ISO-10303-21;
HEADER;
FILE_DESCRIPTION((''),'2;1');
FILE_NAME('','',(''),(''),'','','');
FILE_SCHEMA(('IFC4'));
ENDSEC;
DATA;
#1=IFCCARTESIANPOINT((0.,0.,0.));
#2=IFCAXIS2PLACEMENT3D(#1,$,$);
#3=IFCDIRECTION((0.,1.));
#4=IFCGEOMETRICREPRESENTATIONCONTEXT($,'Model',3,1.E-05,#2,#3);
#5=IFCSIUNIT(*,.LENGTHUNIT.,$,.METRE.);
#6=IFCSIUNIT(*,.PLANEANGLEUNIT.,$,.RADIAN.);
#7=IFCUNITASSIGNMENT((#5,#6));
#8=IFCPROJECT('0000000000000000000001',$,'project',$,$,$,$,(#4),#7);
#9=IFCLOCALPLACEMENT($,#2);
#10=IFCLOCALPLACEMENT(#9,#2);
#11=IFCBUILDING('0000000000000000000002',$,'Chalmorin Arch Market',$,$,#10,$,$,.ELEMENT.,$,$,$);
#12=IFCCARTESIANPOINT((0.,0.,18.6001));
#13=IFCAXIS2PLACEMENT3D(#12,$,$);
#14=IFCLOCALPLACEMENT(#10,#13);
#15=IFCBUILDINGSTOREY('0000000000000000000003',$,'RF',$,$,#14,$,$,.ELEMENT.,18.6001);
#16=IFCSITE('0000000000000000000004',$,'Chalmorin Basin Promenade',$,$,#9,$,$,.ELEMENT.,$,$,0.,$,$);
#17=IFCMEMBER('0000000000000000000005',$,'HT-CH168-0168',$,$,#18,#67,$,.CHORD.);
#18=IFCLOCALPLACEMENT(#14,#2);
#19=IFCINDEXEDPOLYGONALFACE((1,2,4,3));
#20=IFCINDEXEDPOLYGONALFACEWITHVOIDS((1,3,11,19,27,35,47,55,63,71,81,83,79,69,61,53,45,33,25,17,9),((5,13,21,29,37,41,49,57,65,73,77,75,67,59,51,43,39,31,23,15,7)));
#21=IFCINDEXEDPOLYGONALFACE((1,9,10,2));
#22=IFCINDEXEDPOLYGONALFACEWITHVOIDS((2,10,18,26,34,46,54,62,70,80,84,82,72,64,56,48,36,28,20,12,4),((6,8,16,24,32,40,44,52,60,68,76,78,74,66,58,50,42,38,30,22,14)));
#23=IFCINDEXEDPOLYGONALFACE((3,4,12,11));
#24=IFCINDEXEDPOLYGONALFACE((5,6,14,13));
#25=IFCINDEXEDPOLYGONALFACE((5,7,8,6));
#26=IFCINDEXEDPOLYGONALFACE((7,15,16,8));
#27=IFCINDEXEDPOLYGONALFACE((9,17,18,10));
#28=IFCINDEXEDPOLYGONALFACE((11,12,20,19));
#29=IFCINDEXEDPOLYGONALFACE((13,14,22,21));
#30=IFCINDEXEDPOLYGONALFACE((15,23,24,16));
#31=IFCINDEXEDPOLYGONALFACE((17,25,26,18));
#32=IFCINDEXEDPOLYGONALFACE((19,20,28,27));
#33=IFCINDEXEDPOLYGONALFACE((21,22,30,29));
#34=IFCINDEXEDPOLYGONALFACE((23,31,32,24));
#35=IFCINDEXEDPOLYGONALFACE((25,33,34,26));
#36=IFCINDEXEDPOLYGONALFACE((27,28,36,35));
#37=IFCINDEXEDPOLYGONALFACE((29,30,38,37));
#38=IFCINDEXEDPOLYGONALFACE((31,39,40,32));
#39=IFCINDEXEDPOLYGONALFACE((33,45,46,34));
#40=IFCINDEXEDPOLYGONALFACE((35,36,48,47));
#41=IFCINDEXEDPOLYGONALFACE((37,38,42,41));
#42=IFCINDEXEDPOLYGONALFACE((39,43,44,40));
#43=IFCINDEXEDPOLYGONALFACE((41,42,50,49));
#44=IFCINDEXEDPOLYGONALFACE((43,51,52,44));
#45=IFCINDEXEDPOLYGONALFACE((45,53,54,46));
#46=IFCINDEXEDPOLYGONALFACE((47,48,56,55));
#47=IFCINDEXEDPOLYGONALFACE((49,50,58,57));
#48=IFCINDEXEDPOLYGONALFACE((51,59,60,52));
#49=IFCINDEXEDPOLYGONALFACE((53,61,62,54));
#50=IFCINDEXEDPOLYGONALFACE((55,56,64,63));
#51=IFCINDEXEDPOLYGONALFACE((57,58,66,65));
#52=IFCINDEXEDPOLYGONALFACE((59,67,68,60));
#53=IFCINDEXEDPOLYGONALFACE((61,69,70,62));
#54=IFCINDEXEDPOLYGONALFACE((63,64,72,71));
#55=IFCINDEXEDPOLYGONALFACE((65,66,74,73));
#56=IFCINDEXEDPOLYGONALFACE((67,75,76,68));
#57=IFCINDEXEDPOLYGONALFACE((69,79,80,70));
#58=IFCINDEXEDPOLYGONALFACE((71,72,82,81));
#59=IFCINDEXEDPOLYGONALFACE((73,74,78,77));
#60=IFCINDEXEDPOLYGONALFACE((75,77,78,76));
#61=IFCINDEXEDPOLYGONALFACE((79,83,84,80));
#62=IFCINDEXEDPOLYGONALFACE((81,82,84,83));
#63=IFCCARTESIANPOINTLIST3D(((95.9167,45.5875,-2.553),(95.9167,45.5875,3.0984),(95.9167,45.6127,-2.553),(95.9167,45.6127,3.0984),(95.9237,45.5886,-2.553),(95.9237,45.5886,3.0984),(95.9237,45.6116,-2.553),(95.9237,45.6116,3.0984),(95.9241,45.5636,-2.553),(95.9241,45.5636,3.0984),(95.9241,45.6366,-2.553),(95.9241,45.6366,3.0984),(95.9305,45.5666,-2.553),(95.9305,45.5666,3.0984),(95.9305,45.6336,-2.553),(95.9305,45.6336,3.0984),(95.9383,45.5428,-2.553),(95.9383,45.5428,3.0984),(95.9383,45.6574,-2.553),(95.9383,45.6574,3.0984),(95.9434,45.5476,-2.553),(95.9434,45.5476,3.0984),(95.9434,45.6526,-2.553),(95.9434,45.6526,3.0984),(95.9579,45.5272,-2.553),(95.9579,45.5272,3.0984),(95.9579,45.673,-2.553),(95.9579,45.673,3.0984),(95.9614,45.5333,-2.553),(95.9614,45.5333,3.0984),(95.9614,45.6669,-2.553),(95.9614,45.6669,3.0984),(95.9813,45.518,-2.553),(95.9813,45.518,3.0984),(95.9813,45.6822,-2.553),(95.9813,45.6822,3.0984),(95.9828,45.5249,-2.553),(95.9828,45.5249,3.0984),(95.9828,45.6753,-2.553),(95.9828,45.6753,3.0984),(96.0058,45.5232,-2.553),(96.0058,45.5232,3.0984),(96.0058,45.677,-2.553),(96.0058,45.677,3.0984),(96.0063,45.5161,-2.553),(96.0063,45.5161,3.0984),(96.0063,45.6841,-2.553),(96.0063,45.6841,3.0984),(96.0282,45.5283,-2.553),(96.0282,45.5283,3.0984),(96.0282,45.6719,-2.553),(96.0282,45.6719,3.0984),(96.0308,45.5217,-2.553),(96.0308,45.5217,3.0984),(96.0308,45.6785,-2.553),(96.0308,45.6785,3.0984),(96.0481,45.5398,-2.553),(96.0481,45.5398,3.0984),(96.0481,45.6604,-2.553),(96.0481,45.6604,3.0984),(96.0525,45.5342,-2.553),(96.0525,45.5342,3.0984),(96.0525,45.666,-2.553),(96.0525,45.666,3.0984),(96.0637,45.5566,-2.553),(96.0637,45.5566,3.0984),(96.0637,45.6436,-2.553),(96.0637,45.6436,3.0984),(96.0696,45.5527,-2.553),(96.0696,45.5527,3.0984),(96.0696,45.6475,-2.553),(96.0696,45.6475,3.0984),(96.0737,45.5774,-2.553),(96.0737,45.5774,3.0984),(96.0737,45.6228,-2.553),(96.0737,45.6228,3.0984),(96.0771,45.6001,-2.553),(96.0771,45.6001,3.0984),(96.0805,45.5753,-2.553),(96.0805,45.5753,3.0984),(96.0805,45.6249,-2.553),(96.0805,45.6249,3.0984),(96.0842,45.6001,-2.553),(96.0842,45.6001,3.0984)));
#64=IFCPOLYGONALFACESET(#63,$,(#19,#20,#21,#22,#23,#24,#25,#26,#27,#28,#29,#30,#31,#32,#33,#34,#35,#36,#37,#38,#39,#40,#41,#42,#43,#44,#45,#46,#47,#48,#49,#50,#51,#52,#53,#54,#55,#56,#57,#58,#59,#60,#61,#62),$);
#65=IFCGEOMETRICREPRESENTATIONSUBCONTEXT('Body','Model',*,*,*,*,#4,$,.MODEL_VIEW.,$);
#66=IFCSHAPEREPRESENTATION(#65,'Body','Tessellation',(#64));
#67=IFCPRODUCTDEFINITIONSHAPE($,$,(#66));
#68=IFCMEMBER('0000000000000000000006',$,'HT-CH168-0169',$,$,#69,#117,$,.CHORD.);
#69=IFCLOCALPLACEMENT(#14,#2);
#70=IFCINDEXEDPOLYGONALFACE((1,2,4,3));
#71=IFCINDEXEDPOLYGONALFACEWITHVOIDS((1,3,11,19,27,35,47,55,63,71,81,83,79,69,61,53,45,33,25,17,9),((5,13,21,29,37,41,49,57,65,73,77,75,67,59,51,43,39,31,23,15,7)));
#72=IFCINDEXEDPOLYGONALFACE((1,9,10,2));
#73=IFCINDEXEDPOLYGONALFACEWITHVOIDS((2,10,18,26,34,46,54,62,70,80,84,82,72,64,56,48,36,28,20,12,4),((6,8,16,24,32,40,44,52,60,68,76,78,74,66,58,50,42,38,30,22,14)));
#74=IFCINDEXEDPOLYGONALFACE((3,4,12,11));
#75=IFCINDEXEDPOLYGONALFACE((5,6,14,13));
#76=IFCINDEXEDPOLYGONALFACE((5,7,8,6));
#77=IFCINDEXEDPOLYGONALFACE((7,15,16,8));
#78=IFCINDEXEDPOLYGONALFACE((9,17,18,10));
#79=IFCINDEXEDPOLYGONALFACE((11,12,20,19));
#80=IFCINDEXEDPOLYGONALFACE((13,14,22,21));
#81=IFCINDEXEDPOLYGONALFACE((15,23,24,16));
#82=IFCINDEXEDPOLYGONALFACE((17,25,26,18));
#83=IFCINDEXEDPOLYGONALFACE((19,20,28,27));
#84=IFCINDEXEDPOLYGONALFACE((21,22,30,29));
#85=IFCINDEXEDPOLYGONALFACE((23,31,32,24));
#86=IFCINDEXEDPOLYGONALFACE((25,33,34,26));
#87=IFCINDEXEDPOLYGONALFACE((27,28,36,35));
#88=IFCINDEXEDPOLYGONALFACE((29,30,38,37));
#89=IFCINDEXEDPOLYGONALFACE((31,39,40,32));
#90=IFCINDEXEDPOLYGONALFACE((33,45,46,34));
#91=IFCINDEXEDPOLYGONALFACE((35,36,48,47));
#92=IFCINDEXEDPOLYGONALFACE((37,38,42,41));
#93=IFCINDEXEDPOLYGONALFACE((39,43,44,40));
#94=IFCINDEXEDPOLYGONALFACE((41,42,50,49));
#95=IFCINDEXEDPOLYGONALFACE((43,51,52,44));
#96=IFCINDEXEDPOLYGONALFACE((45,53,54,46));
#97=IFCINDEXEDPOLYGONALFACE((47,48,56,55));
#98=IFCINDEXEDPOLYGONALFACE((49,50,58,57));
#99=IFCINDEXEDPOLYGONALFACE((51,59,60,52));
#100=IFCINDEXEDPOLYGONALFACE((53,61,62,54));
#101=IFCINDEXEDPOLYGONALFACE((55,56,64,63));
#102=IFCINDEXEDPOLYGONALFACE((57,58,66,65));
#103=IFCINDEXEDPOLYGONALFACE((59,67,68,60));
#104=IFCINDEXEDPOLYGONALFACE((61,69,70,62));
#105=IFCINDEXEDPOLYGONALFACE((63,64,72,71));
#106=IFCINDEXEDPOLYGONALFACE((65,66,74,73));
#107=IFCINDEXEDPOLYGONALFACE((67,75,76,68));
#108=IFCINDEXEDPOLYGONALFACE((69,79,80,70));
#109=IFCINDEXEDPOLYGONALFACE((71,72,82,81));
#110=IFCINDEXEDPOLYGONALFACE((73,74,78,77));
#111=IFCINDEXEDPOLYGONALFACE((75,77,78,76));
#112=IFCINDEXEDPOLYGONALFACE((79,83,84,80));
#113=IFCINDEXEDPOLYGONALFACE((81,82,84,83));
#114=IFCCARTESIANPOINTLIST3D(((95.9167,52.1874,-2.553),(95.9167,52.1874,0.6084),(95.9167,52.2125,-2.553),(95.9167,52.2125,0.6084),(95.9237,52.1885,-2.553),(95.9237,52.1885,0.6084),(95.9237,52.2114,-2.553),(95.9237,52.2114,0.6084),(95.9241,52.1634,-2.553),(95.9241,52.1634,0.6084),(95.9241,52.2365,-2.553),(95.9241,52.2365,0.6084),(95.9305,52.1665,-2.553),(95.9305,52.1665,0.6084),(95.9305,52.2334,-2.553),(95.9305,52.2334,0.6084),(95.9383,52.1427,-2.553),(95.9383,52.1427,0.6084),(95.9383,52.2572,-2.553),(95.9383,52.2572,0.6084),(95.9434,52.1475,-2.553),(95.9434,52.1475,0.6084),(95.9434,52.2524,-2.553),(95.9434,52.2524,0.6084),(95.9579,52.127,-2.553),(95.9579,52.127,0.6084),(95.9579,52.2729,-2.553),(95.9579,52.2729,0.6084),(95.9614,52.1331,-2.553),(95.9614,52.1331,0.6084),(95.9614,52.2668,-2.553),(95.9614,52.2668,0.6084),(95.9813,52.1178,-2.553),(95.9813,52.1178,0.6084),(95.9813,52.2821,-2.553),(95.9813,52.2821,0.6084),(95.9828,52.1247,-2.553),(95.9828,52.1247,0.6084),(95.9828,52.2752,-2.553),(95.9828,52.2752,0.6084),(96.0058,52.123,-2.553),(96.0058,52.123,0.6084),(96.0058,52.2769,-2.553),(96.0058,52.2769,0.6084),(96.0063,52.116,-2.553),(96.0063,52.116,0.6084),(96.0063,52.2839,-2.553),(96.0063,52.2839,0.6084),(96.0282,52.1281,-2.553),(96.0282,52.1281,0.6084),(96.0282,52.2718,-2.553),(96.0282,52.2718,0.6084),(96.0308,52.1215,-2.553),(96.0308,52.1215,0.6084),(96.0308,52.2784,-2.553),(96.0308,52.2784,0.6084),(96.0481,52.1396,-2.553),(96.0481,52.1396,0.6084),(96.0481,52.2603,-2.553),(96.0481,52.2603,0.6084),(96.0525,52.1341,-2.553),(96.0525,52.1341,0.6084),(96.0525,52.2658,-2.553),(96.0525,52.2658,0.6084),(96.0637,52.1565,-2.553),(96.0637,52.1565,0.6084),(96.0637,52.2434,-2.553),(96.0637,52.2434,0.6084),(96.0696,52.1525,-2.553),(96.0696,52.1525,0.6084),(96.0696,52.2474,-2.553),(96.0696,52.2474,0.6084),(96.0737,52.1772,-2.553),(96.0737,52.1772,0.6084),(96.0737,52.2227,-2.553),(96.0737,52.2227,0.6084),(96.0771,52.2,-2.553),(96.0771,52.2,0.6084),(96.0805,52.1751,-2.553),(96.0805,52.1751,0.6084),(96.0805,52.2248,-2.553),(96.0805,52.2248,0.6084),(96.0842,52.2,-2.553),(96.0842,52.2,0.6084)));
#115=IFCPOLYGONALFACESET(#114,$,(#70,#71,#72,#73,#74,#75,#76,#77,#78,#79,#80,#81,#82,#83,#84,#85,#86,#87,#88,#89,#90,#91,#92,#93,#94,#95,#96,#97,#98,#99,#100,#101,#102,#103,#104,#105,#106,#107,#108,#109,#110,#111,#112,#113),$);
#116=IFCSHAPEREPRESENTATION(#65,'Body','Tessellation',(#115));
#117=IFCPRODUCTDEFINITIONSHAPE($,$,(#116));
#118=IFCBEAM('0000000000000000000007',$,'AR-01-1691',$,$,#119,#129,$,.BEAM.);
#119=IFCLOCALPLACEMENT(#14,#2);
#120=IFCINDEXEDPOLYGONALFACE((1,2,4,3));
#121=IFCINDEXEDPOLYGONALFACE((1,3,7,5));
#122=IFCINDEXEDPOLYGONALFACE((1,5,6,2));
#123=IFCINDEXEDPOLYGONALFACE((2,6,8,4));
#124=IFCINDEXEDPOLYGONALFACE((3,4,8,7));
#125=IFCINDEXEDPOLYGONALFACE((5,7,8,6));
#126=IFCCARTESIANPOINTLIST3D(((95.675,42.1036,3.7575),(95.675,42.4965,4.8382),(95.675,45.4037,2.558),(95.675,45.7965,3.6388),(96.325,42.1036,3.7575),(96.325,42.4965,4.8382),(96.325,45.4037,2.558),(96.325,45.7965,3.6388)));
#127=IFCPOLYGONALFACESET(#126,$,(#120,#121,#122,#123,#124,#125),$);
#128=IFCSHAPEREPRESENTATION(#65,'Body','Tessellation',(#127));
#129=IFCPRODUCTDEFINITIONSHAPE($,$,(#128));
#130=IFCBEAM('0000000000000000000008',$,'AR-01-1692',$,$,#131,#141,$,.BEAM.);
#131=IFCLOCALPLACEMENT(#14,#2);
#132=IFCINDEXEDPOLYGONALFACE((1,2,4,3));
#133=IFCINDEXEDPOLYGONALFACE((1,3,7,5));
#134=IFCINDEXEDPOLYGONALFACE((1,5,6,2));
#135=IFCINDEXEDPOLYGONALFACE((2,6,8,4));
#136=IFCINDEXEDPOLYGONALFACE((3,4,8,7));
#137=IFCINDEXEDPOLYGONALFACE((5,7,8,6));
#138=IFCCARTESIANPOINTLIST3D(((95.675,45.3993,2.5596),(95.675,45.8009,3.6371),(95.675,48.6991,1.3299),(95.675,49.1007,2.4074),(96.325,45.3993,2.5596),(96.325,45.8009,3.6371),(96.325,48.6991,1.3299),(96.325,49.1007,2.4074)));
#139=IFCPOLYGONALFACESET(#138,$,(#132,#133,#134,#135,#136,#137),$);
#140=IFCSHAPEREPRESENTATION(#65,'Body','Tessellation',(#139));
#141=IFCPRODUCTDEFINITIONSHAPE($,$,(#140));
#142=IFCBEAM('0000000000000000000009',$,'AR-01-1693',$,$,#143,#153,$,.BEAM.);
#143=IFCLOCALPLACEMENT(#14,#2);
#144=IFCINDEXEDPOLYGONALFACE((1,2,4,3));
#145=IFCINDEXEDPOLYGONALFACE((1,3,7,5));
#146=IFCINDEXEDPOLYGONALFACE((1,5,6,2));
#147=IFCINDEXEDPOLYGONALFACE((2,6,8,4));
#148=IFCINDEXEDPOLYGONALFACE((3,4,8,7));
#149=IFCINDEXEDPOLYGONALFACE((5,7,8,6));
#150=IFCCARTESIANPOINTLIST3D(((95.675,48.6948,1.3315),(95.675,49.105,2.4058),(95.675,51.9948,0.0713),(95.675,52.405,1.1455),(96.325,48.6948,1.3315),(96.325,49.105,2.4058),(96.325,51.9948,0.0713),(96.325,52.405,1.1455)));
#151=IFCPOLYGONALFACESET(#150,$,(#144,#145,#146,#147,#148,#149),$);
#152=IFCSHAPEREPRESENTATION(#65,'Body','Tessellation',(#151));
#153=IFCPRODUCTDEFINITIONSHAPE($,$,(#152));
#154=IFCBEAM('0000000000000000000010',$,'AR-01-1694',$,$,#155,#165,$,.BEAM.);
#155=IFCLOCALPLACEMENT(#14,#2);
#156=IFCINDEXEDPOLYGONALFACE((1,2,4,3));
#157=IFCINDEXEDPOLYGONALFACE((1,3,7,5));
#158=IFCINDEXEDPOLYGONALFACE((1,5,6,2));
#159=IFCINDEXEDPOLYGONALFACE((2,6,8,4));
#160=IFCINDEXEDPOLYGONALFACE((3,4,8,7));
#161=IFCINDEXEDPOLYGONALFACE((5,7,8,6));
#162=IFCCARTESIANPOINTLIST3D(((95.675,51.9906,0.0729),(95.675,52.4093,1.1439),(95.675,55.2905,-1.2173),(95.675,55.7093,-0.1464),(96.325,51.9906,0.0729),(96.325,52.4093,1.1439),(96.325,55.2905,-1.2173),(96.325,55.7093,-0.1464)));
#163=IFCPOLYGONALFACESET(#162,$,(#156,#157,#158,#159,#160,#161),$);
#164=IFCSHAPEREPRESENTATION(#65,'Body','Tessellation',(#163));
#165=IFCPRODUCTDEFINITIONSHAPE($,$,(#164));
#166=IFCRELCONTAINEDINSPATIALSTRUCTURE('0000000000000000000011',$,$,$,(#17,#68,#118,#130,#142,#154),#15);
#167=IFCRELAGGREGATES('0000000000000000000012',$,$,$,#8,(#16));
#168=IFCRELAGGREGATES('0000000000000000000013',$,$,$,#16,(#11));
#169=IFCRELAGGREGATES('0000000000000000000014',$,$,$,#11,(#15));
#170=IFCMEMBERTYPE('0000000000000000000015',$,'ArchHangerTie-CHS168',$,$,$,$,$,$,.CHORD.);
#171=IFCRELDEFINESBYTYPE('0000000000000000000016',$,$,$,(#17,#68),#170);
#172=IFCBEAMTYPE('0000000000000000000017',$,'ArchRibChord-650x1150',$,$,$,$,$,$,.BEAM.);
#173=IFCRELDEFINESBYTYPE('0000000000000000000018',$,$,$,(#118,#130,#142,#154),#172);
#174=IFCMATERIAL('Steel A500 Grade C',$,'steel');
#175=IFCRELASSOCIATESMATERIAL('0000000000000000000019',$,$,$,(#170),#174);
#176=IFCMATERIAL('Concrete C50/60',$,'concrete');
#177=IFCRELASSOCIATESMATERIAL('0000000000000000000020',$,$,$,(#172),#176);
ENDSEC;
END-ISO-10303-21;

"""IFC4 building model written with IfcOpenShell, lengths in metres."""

from ifc_helpers import new_model, si_unit, direction, frame, origin, origin_2d, place, context, subcontext, project, spatial, rectangle, hollow_circle, extrude, material, material_profile, profile_set, type_object, element, save


model = new_model("IFC4")

# Units and contexts
model_context = context("Model", 3, precision=1e-05, world=origin(), true_north=direction((0.0, 1.0)))
body_context = subcontext(model_context, "Body", "Model", "MODEL_VIEW")
ifc_project = project(units=[si_unit("LENGTHUNIT", "METRE"), si_unit("PLANEANGLEUNIT", "RADIAN")], contexts=[model_context])

# Site, building, storey
site_placement = place(None, origin())
site = spatial("IfcSite", under=ifc_project, at=site_placement, Name="Chalmorin Basin Promenade", CompositionType="ELEMENT", RefElevation=0.0)
building_placement = place(site_placement, origin())
building = spatial("IfcBuilding", under=site, at=building_placement, Name="Chalmorin Arch Market", CompositionType="ELEMENT")
storey_placement = place(building_placement, frame((0.0, 0.0, 18.6001)))
storey = spatial("IfcBuildingStorey", under=building, at=storey_placement, Name="RF", CompositionType="ELEMENT", Elevation=18.6001)

# Members
ifc_material_1 = material(Name="Steel A500 Grade C", Category="steel")
ifc_material_profile_1 = material_profile(ifc_material_1, hollow_circle(Radius=0.0842, WallThickness=0.0071, at=origin_2d()), Name="CHS168X7")
ifc_profile_set_1 = profile_set([ifc_material_profile_1], Name="Steel A500 Grade C")
member_type_1 = type_object("IfcMemberType", Name="ArchHangerTie-CHS168", PredefinedType="CHORD", material=ifc_profile_set_1)
member_1_placement = place(storey_placement, frame((96.0, 45.6001, -2.553), z_axis=(0.0, 0.0, 1.0), x_axis=(1.0, 0.0, 0.0)))
element("IfcMember", 1, at=member_1_placement, inside=storey, type_object=member_type_1, Name="HT-CH168-0168", PredefinedType="CHORD", context=body_context, shape_type="SweptSolid", body=[
    extrude(hollow_circle(Radius=0.0842, WallThickness=0.0071, at=origin_2d()), origin(), (0.0, 0.0, 1.0), 5.6514),
])
member_2_placement = place(storey_placement, frame((96.0, 52.2, -2.553), z_axis=(0.0, 0.0, 1.0), x_axis=(1.0, 0.0, 0.0)))
element("IfcMember", 2, at=member_2_placement, inside=storey, type_object=member_type_1, Name="HT-CH168-0169", PredefinedType="CHORD", context=body_context, shape_type="SweptSolid", body=[
    extrude(hollow_circle(Radius=0.0842, WallThickness=0.0071, at=origin_2d()), origin(), (0.0, 0.0, 1.0), 3.1614),
])

# Beams
ifc_material_2 = material(Name="Concrete C50/60", Category="concrete")
ifc_material_profile_2 = material_profile(ifc_material_2, rectangle(XDim=0.6499, YDim=1.1499, at=origin_2d()), Name="RC650X1150")
ifc_profile_set_2 = profile_set([ifc_material_profile_2], Name="Concrete C50/60")
beam_type = type_object("IfcBeamType", Name="ArchRibChord-650x1150", PredefinedType="BEAM", material=ifc_profile_set_2)
beam_1_placement = place(storey_placement, frame((96.0, 42.3, 4.2979), z_axis=(0.0, 0.939844, -0.341603), x_axis=(-1.0, 0.0, 0.0)))
element("IfcBeam", 3, at=beam_1_placement, inside=storey, type_object=beam_type, Name="AR-01-1691", PredefinedType="BEAM", context=body_context, shape_type="SweptSolid", body=[
    extrude(rectangle(XDim=0.6499, YDim=1.1499, at=origin_2d()), origin(), (0.0, 0.0, 1.0), 3.5112),
])
beam_2_placement = place(storey_placement, frame((96.0, 45.6001, 3.0984), z_axis=(0.0, 0.937045, -0.349208), x_axis=(-1.0, 0.0, 0.0)))
element("IfcBeam", 4, at=beam_2_placement, inside=storey, type_object=beam_type, Name="AR-01-1692", PredefinedType="BEAM", context=body_context, shape_type="SweptSolid", body=[
    extrude(rectangle(XDim=0.6499, YDim=1.1499, at=origin_2d()), origin(), (0.0, 0.0, 1.0), 3.5215),
])
beam_3_placement = place(storey_placement, frame((96.0, 48.8999, 1.8687), z_axis=(0.0, 0.934196, -0.35676), x_axis=(-1.0, 0.0, 0.0)))
element("IfcBeam", 5, at=beam_3_placement, inside=storey, type_object=beam_type, Name="AR-01-1693", PredefinedType="BEAM", context=body_context, shape_type="SweptSolid", body=[
    extrude(rectangle(XDim=0.6499, YDim=1.1499, at=origin_2d()), origin(), (0.0, 0.0, 1.0), 3.5325),
])
beam_4_placement = place(storey_placement, frame((96.0, 52.2, 0.6084), z_axis=(0.0, 0.931342, -0.364145), x_axis=(-1.0, 0.0, 0.0)))
element("IfcBeam", 6, at=beam_4_placement, inside=storey, type_object=beam_type, Name="AR-01-1694", PredefinedType="BEAM", context=body_context, shape_type="SweptSolid", body=[
    extrude(rectangle(XDim=0.6499, YDim=1.1499, at=origin_2d()), origin(), (0.0, 0.0, 1.0), 3.5432),
])

save(model, "model.ifc")
